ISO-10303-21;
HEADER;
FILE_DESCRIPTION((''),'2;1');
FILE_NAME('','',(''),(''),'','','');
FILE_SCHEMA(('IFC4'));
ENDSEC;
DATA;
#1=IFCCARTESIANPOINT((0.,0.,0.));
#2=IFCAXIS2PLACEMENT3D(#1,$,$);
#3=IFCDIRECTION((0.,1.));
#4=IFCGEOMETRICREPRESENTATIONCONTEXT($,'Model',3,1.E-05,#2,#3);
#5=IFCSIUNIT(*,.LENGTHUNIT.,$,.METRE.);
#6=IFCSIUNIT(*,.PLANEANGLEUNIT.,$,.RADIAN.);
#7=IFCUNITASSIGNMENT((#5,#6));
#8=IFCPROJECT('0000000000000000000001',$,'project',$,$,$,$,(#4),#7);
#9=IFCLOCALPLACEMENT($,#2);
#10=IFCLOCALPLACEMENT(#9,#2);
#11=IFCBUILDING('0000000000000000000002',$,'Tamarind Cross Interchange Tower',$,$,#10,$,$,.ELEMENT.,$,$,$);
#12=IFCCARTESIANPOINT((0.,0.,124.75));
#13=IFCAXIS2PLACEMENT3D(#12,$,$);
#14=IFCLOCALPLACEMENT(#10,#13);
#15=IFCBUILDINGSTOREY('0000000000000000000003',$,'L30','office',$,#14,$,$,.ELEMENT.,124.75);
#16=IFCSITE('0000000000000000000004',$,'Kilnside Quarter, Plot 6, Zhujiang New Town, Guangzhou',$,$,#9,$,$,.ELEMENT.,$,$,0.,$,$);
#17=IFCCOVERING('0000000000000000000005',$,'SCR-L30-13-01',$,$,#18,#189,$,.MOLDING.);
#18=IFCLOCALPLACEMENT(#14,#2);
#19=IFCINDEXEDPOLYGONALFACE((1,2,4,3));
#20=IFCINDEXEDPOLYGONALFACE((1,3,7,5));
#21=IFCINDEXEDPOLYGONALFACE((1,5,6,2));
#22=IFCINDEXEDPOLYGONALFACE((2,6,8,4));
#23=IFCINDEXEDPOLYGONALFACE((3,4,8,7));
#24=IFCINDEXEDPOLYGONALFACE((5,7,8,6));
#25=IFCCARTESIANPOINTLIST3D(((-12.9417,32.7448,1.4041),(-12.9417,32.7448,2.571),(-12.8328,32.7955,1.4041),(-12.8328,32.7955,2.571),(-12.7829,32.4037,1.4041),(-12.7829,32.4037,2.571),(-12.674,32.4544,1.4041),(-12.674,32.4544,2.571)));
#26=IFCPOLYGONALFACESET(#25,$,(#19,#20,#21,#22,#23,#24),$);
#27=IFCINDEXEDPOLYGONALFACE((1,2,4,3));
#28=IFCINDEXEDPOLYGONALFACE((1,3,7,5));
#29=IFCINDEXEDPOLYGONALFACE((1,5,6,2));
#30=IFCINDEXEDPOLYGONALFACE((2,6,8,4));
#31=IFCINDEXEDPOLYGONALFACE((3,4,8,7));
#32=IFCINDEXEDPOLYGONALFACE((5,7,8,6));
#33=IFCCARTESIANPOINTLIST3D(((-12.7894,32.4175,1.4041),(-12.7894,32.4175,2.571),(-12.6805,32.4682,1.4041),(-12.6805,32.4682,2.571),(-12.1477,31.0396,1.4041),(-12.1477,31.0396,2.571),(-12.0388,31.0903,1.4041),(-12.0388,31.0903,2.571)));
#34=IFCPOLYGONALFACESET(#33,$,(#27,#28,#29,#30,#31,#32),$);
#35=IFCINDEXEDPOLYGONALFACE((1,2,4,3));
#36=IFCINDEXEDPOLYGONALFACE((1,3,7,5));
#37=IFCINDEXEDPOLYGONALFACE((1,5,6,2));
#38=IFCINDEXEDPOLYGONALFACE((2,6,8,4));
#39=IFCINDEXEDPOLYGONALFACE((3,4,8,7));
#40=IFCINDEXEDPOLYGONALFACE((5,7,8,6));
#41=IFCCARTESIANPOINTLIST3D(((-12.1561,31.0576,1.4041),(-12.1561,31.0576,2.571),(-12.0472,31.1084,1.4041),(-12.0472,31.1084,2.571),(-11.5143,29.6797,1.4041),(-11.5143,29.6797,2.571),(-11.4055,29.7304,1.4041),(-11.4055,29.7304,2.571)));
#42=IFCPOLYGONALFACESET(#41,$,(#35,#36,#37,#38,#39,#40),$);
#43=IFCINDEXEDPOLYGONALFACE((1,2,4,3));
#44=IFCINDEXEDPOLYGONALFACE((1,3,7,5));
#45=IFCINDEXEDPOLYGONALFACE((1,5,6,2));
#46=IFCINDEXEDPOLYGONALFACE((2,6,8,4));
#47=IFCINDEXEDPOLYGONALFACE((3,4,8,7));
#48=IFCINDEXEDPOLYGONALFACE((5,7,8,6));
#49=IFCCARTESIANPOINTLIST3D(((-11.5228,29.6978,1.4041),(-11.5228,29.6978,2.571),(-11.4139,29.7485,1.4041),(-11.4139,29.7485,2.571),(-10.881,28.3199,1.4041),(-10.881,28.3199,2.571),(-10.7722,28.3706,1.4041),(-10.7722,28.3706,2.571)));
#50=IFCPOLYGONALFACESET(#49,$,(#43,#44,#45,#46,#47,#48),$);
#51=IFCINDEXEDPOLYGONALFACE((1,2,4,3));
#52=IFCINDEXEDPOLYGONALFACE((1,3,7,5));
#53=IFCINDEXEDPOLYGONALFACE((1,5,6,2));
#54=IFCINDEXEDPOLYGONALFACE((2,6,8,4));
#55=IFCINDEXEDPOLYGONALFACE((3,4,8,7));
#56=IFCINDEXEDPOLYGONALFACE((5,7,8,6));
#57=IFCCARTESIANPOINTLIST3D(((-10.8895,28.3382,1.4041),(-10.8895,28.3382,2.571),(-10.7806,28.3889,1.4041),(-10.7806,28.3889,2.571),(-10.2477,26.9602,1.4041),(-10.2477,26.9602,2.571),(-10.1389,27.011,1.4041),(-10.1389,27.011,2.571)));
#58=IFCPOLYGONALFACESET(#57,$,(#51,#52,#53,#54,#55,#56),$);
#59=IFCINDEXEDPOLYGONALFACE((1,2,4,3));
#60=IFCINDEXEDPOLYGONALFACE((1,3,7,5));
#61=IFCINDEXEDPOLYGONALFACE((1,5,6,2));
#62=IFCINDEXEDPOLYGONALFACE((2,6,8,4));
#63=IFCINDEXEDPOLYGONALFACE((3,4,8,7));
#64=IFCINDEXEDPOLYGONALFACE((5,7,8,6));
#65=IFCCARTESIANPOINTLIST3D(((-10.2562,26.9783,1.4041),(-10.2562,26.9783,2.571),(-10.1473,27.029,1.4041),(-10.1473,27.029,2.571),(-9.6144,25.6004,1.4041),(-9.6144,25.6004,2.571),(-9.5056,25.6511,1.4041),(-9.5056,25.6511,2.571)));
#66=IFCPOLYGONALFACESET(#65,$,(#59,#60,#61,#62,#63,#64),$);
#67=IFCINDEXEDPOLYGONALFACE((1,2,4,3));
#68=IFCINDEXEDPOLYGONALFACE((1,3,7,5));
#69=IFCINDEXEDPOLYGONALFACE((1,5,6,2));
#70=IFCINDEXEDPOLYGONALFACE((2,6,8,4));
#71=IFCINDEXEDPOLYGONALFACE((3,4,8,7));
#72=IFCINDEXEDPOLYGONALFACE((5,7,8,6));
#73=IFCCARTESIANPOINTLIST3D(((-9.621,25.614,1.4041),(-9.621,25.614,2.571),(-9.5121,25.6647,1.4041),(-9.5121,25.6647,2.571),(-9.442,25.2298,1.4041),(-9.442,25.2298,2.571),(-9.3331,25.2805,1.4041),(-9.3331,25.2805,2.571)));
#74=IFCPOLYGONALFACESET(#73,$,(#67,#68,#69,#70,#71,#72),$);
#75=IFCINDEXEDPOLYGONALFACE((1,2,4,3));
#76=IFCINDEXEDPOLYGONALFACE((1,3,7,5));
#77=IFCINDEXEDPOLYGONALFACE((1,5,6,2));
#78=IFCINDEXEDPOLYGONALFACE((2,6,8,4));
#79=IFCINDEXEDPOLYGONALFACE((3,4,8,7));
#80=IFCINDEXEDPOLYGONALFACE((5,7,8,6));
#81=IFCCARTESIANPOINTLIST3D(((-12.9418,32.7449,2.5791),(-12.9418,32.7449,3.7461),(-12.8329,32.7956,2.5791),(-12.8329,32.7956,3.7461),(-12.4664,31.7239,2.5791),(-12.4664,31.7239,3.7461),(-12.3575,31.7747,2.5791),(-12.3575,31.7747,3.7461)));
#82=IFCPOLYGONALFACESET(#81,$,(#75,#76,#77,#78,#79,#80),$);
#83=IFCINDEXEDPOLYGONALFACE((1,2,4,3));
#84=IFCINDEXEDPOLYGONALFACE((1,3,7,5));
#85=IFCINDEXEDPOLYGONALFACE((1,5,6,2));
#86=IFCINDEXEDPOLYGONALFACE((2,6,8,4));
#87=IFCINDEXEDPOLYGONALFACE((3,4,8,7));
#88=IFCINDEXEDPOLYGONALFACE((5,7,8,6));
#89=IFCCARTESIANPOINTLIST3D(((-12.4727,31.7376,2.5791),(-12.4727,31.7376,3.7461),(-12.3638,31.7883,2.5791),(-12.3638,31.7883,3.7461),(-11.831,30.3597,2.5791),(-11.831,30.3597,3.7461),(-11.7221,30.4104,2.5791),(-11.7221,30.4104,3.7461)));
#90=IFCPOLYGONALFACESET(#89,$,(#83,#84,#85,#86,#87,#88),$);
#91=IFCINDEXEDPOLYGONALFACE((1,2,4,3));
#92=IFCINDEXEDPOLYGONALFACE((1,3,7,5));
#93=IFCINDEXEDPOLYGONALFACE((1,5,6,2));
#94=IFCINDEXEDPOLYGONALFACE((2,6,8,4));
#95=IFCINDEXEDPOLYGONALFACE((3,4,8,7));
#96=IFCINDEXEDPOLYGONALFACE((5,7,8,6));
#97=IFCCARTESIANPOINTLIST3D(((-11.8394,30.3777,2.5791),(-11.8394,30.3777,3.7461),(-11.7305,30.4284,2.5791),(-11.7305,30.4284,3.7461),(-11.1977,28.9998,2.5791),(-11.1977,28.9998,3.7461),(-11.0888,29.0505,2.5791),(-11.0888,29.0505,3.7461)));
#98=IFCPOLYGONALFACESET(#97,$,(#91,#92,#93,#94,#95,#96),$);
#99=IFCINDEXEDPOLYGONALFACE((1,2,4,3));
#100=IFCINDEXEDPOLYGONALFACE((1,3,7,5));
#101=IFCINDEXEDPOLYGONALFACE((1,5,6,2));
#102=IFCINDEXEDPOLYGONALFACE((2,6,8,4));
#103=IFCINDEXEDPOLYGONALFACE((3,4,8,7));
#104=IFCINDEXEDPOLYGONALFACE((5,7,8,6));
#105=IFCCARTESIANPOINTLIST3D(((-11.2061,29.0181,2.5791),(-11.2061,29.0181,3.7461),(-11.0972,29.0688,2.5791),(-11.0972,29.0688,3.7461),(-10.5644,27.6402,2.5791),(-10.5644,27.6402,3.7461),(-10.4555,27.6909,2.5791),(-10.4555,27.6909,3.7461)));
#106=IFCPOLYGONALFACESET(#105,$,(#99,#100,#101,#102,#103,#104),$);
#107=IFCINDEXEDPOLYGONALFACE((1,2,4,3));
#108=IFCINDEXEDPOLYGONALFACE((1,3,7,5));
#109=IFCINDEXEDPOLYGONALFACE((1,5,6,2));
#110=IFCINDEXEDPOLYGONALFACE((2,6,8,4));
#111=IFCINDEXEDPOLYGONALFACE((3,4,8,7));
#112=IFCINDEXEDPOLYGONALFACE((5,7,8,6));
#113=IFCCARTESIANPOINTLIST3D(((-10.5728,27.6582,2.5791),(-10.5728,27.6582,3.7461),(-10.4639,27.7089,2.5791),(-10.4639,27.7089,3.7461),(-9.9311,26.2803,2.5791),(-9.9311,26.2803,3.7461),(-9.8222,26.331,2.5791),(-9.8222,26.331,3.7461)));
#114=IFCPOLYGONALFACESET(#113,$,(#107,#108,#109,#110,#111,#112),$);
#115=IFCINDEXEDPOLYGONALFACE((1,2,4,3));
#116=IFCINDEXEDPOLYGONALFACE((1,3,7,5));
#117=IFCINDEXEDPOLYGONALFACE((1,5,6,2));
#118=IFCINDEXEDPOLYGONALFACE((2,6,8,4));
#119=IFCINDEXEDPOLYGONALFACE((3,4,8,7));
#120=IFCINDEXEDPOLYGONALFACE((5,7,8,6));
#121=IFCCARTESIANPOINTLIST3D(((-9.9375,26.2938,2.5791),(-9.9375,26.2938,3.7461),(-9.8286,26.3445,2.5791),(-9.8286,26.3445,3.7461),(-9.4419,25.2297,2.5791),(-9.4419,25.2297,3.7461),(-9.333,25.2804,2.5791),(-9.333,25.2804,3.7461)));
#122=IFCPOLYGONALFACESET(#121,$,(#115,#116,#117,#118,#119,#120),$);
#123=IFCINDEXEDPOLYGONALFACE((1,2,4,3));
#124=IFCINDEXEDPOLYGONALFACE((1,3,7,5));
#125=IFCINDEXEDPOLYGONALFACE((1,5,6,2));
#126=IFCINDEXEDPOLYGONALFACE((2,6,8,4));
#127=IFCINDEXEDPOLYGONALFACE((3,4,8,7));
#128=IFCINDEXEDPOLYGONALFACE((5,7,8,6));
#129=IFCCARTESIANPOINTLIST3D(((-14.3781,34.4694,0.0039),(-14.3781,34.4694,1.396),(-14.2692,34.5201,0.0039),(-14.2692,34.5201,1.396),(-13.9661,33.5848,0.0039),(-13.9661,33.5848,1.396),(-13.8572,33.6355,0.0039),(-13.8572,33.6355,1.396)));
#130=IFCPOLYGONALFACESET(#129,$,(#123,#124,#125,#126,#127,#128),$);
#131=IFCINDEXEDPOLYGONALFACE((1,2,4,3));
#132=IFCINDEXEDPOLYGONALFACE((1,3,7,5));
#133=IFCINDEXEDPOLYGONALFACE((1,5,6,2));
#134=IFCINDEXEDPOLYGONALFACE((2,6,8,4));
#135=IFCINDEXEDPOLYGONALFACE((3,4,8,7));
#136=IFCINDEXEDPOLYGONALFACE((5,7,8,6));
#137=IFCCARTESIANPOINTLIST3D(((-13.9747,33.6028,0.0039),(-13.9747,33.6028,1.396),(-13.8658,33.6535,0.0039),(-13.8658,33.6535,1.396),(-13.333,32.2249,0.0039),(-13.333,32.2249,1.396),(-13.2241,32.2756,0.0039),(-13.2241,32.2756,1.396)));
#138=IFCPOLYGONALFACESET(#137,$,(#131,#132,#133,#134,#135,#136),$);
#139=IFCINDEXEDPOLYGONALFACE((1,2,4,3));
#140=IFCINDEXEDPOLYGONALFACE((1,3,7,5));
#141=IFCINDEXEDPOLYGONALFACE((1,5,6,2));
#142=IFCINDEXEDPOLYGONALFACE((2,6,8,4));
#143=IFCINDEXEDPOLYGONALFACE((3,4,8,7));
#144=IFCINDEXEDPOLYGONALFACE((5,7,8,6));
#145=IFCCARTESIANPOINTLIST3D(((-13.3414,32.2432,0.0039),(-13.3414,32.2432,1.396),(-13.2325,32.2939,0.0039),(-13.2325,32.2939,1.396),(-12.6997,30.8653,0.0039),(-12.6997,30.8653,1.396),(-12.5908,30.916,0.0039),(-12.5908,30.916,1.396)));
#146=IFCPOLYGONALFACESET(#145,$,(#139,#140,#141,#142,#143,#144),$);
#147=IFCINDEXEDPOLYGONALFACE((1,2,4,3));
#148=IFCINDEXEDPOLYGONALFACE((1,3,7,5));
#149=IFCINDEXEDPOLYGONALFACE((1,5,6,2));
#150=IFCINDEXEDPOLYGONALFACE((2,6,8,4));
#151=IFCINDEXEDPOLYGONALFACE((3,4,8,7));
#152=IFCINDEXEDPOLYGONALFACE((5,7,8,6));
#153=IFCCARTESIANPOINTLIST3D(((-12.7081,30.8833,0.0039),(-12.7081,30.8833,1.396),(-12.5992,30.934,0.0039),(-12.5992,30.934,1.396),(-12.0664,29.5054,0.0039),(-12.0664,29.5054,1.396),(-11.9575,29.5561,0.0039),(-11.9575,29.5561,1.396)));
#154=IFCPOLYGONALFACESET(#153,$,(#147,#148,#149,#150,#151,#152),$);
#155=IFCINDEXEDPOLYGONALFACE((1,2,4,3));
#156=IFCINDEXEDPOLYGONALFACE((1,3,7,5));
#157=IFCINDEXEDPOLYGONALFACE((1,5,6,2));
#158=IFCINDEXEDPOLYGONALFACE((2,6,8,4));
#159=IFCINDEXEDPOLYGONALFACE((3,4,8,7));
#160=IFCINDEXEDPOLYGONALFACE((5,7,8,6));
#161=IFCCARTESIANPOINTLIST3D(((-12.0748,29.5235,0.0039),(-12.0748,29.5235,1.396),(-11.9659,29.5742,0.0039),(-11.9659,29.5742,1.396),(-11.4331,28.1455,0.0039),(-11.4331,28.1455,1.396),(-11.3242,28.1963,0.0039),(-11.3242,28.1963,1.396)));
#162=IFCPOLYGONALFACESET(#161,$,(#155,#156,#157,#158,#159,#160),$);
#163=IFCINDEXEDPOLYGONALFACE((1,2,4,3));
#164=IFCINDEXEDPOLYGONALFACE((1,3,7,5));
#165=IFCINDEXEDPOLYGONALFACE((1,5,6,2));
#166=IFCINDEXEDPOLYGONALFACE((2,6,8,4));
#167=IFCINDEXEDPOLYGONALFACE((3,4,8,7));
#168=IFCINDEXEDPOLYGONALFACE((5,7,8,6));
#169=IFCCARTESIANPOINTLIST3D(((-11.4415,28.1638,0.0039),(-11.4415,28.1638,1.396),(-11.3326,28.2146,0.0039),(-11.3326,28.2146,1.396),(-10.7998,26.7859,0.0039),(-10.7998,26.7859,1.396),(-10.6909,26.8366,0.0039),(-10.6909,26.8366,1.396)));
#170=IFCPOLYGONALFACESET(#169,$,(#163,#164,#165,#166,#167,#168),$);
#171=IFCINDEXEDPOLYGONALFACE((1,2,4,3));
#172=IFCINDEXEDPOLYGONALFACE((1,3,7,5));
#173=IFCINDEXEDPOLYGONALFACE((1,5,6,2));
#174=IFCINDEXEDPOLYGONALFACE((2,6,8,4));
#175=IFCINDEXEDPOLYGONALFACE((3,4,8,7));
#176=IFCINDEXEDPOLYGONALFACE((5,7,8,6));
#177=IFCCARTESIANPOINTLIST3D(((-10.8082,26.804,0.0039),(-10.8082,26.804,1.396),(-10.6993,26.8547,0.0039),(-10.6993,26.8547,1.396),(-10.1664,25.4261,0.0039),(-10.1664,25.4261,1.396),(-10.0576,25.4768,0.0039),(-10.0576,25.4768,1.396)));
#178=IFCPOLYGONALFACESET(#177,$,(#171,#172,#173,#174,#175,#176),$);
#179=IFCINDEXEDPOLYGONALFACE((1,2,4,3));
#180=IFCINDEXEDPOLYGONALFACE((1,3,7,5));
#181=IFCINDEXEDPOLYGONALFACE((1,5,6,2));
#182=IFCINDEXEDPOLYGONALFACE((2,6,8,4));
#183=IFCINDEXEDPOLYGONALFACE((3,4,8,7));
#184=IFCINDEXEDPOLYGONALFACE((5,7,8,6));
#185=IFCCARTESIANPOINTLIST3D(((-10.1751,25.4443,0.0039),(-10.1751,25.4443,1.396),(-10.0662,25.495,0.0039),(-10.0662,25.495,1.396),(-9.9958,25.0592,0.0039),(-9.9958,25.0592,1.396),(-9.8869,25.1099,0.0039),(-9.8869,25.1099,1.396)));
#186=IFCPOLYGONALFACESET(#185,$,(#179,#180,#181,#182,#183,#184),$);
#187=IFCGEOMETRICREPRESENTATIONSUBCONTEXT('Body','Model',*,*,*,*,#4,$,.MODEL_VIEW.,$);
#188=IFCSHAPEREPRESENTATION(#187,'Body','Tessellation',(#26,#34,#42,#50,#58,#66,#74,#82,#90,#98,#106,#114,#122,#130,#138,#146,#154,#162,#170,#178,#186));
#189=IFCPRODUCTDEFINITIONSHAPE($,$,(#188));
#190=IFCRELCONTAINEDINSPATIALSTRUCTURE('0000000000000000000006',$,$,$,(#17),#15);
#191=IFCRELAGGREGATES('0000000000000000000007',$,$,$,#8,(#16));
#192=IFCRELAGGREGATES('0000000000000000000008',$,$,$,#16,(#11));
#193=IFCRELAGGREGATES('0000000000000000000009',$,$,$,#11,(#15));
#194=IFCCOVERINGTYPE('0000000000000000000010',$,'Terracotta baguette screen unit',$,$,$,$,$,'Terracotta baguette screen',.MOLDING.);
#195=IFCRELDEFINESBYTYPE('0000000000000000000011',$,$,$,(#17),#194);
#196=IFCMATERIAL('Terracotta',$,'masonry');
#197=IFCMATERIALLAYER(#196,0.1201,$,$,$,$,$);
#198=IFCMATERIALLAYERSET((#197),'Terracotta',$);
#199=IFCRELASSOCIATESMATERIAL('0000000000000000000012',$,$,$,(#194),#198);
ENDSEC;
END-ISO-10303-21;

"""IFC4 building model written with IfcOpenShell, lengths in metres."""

from ifc_helpers import new_model, si_unit, direction, frame, origin, origin_2d, place, context, subcontext, project, spatial, rectangle, extrude, material, layer, layer_set, type_object, element, save


model = new_model("IFC4")

# Units and contexts
model_context = context("Model", 3, precision=1e-05, world=origin(), true_north=direction((0.0, 1.0)))
body_context = subcontext(model_context, "Body", "Model", "MODEL_VIEW")
ifc_project = project(units=[si_unit("LENGTHUNIT", "METRE"), si_unit("PLANEANGLEUNIT", "RADIAN")], contexts=[model_context])

# Site, building, storey
site_placement = place(None, origin())
site = spatial("IfcSite", under=ifc_project, at=site_placement, Name="Kilnside Quarter, Plot 6, Zhujiang New Town, Guangzhou", CompositionType="ELEMENT", RefElevation=0.0)
building_placement = place(site_placement, origin())
building = spatial("IfcBuilding", under=site, at=building_placement, Name="Tamarind Cross Interchange Tower", CompositionType="ELEMENT")
storey_placement = place(building_placement, frame((0.0, 0.0, 124.75)))
storey = spatial("IfcBuildingStorey", under=building, at=storey_placement, Name="L30", Description="office", CompositionType="ELEMENT", Elevation=124.75)

# Covering
ifc_material_1 = material(Name="Terracotta", Category="masonry")
ifc_layer_1 = layer(ifc_material_1, 0.1201)
ifc_layer_set_1 = layer_set([ifc_layer_1], Name="Terracotta")
covering_type = type_object("IfcCoveringType", Name="Terracotta baguette screen unit", ElementType="Terracotta baguette screen", PredefinedType="MOLDING", material=ifc_layer_set_1)
covering_1_placement = place(storey_placement, origin())
element("IfcCovering", 1, at=covering_1_placement, inside=storey, type_object=covering_type, Name="SCR-L30-13-01", PredefinedType="MOLDING", context=body_context, shape_type="SweptSolid", body=[
    extrude(rectangle(XDim=0.3762, YDim=0.1201, at=origin_2d()), frame((-12.8079, 32.5996, 1.4041), z_axis=(0.0, 0.0, 1.0), x_axis=(0.422174, -0.906515, 0.0)), (0.0, 0.0, 1.0), 1.167),
    extrude(rectangle(XDim=1.52, YDim=0.1201, at=origin_2d()), frame((-12.4141, 31.7539, 1.4041), z_axis=(0.0, 0.0, 1.0), x_axis=(0.422174, -0.906515, 0.0)), (0.0, 0.0, 1.0), 1.167),
    extrude(rectangle(XDim=1.52, YDim=0.1201, at=origin_2d()), frame((-11.7808, 30.394, 1.4041), z_axis=(0.0, 0.0, 1.0), x_axis=(0.422174, -0.906515, 0.0)), (0.0, 0.0, 1.0), 1.167),
    extrude(rectangle(XDim=1.52, YDim=0.1201, at=origin_2d()), frame((-11.1475, 29.0342, 1.4041), z_axis=(0.0, 0.0, 1.0), x_axis=(0.422174, -0.906515, 0.0)), (0.0, 0.0, 1.0), 1.167),
    extrude(rectangle(XDim=1.52, YDim=0.1201, at=origin_2d()), frame((-10.5142, 27.6746, 1.4041), z_axis=(0.0, 0.0, 1.0), x_axis=(0.422174, -0.906515, 0.0)), (0.0, 0.0, 1.0), 1.167),
    extrude(rectangle(XDim=1.52, YDim=0.1201, at=origin_2d()), frame((-9.8809, 26.3147, 1.4041), z_axis=(0.0, 0.0, 1.0), x_axis=(0.422174, -0.906515, 0.0)), (0.0, 0.0, 1.0), 1.167),
    extrude(rectangle(XDim=0.4238, YDim=0.1201, at=origin_2d()), frame((-9.4771, 25.4473, 1.4041), z_axis=(0.0, 0.0, 1.0), x_axis=(0.422174, -0.906515, 0.0)), (0.0, 0.0, 1.0), 1.167),
    extrude(rectangle(XDim=1.1262, YDim=0.1201, at=origin_2d()), frame((-12.6497, 32.2598, 2.5791), z_axis=(0.0, 0.0, 1.0), x_axis=(0.422174, -0.906515, 0.0)), (0.0, 0.0, 1.0), 1.167),
    extrude(rectangle(XDim=1.52, YDim=0.1201, at=origin_2d()), frame((-12.0974, 31.074, 2.5791), z_axis=(0.0, 0.0, 1.0), x_axis=(0.422174, -0.906515, 0.0)), (0.0, 0.0, 1.0), 1.167),
    extrude(rectangle(XDim=1.52, YDim=0.1201, at=origin_2d()), frame((-11.4641, 29.7141, 2.5791), z_axis=(0.0, 0.0, 1.0), x_axis=(0.422174, -0.906515, 0.0)), (0.0, 0.0, 1.0), 1.167),
    extrude(rectangle(XDim=1.52, YDim=0.1201, at=origin_2d()), frame((-10.8308, 28.3545, 2.5791), z_axis=(0.0, 0.0, 1.0), x_axis=(0.422174, -0.906515, 0.0)), (0.0, 0.0, 1.0), 1.167),
    extrude(rectangle(XDim=1.52, YDim=0.1201, at=origin_2d()), frame((-10.1975, 26.9946, 2.5791), z_axis=(0.0, 0.0, 1.0), x_axis=(0.422174, -0.906515, 0.0)), (0.0, 0.0, 1.0), 1.167),
    extrude(rectangle(XDim=1.1738, YDim=0.1201, at=origin_2d()), frame((-9.6353, 25.7871, 2.5791), z_axis=(0.0, 0.0, 1.0), x_axis=(0.422174, -0.906515, 0.0)), (0.0, 0.0, 1.0), 1.167),
    extrude(rectangle(XDim=0.9758, YDim=0.1201, at=origin_2d()), frame((-14.1177, 34.0525, 0.0039), z_axis=(0.0, 0.0, 1.0), x_axis=(0.422174, -0.906515, 0.0)), (0.0, 0.0, 1.0), 1.3921),
    extrude(rectangle(XDim=1.52, YDim=0.1201, at=origin_2d()), frame((-13.5994, 32.9392, 0.0039), z_axis=(0.0, 0.0, 1.0), x_axis=(0.422174, -0.906515, 0.0)), (0.0, 0.0, 1.0), 1.3921),
    extrude(rectangle(XDim=1.52, YDim=0.1201, at=origin_2d()), frame((-12.9661, 31.5796, 0.0039), z_axis=(0.0, 0.0, 1.0), x_axis=(0.422174, -0.906515, 0.0)), (0.0, 0.0, 1.0), 1.3921),
    extrude(rectangle(XDim=1.52, YDim=0.1201, at=origin_2d()), frame((-12.3328, 30.2197, 0.0039), z_axis=(0.0, 0.0, 1.0), x_axis=(0.422174, -0.906515, 0.0)), (0.0, 0.0, 1.0), 1.3921),
    extrude(rectangle(XDim=1.52, YDim=0.1201, at=origin_2d()), frame((-11.6995, 28.8599, 0.0039), z_axis=(0.0, 0.0, 1.0), x_axis=(0.422174, -0.906515, 0.0)), (0.0, 0.0, 1.0), 1.3921),
    extrude(rectangle(XDim=1.52, YDim=0.1201, at=origin_2d()), frame((-11.0662, 27.5002, 0.0039), z_axis=(0.0, 0.0, 1.0), x_axis=(0.422174, -0.906515, 0.0)), (0.0, 0.0, 1.0), 1.3921),
    extrude(rectangle(XDim=1.52, YDim=0.1201, at=origin_2d()), frame((-10.4329, 26.1404, 0.0039), z_axis=(0.0, 0.0, 1.0), x_axis=(0.422174, -0.906515, 0.0)), (0.0, 0.0, 1.0), 1.3921),
    extrude(rectangle(XDim=0.4248, YDim=0.1201, at=origin_2d()), frame((-10.031, 25.2771, 0.0039), z_axis=(0.0, 0.0, 1.0), x_axis=(0.422174, -0.906515, 0.0)), (0.0, 0.0, 1.0), 1.3921),
])

save(model, "model.ifc")
